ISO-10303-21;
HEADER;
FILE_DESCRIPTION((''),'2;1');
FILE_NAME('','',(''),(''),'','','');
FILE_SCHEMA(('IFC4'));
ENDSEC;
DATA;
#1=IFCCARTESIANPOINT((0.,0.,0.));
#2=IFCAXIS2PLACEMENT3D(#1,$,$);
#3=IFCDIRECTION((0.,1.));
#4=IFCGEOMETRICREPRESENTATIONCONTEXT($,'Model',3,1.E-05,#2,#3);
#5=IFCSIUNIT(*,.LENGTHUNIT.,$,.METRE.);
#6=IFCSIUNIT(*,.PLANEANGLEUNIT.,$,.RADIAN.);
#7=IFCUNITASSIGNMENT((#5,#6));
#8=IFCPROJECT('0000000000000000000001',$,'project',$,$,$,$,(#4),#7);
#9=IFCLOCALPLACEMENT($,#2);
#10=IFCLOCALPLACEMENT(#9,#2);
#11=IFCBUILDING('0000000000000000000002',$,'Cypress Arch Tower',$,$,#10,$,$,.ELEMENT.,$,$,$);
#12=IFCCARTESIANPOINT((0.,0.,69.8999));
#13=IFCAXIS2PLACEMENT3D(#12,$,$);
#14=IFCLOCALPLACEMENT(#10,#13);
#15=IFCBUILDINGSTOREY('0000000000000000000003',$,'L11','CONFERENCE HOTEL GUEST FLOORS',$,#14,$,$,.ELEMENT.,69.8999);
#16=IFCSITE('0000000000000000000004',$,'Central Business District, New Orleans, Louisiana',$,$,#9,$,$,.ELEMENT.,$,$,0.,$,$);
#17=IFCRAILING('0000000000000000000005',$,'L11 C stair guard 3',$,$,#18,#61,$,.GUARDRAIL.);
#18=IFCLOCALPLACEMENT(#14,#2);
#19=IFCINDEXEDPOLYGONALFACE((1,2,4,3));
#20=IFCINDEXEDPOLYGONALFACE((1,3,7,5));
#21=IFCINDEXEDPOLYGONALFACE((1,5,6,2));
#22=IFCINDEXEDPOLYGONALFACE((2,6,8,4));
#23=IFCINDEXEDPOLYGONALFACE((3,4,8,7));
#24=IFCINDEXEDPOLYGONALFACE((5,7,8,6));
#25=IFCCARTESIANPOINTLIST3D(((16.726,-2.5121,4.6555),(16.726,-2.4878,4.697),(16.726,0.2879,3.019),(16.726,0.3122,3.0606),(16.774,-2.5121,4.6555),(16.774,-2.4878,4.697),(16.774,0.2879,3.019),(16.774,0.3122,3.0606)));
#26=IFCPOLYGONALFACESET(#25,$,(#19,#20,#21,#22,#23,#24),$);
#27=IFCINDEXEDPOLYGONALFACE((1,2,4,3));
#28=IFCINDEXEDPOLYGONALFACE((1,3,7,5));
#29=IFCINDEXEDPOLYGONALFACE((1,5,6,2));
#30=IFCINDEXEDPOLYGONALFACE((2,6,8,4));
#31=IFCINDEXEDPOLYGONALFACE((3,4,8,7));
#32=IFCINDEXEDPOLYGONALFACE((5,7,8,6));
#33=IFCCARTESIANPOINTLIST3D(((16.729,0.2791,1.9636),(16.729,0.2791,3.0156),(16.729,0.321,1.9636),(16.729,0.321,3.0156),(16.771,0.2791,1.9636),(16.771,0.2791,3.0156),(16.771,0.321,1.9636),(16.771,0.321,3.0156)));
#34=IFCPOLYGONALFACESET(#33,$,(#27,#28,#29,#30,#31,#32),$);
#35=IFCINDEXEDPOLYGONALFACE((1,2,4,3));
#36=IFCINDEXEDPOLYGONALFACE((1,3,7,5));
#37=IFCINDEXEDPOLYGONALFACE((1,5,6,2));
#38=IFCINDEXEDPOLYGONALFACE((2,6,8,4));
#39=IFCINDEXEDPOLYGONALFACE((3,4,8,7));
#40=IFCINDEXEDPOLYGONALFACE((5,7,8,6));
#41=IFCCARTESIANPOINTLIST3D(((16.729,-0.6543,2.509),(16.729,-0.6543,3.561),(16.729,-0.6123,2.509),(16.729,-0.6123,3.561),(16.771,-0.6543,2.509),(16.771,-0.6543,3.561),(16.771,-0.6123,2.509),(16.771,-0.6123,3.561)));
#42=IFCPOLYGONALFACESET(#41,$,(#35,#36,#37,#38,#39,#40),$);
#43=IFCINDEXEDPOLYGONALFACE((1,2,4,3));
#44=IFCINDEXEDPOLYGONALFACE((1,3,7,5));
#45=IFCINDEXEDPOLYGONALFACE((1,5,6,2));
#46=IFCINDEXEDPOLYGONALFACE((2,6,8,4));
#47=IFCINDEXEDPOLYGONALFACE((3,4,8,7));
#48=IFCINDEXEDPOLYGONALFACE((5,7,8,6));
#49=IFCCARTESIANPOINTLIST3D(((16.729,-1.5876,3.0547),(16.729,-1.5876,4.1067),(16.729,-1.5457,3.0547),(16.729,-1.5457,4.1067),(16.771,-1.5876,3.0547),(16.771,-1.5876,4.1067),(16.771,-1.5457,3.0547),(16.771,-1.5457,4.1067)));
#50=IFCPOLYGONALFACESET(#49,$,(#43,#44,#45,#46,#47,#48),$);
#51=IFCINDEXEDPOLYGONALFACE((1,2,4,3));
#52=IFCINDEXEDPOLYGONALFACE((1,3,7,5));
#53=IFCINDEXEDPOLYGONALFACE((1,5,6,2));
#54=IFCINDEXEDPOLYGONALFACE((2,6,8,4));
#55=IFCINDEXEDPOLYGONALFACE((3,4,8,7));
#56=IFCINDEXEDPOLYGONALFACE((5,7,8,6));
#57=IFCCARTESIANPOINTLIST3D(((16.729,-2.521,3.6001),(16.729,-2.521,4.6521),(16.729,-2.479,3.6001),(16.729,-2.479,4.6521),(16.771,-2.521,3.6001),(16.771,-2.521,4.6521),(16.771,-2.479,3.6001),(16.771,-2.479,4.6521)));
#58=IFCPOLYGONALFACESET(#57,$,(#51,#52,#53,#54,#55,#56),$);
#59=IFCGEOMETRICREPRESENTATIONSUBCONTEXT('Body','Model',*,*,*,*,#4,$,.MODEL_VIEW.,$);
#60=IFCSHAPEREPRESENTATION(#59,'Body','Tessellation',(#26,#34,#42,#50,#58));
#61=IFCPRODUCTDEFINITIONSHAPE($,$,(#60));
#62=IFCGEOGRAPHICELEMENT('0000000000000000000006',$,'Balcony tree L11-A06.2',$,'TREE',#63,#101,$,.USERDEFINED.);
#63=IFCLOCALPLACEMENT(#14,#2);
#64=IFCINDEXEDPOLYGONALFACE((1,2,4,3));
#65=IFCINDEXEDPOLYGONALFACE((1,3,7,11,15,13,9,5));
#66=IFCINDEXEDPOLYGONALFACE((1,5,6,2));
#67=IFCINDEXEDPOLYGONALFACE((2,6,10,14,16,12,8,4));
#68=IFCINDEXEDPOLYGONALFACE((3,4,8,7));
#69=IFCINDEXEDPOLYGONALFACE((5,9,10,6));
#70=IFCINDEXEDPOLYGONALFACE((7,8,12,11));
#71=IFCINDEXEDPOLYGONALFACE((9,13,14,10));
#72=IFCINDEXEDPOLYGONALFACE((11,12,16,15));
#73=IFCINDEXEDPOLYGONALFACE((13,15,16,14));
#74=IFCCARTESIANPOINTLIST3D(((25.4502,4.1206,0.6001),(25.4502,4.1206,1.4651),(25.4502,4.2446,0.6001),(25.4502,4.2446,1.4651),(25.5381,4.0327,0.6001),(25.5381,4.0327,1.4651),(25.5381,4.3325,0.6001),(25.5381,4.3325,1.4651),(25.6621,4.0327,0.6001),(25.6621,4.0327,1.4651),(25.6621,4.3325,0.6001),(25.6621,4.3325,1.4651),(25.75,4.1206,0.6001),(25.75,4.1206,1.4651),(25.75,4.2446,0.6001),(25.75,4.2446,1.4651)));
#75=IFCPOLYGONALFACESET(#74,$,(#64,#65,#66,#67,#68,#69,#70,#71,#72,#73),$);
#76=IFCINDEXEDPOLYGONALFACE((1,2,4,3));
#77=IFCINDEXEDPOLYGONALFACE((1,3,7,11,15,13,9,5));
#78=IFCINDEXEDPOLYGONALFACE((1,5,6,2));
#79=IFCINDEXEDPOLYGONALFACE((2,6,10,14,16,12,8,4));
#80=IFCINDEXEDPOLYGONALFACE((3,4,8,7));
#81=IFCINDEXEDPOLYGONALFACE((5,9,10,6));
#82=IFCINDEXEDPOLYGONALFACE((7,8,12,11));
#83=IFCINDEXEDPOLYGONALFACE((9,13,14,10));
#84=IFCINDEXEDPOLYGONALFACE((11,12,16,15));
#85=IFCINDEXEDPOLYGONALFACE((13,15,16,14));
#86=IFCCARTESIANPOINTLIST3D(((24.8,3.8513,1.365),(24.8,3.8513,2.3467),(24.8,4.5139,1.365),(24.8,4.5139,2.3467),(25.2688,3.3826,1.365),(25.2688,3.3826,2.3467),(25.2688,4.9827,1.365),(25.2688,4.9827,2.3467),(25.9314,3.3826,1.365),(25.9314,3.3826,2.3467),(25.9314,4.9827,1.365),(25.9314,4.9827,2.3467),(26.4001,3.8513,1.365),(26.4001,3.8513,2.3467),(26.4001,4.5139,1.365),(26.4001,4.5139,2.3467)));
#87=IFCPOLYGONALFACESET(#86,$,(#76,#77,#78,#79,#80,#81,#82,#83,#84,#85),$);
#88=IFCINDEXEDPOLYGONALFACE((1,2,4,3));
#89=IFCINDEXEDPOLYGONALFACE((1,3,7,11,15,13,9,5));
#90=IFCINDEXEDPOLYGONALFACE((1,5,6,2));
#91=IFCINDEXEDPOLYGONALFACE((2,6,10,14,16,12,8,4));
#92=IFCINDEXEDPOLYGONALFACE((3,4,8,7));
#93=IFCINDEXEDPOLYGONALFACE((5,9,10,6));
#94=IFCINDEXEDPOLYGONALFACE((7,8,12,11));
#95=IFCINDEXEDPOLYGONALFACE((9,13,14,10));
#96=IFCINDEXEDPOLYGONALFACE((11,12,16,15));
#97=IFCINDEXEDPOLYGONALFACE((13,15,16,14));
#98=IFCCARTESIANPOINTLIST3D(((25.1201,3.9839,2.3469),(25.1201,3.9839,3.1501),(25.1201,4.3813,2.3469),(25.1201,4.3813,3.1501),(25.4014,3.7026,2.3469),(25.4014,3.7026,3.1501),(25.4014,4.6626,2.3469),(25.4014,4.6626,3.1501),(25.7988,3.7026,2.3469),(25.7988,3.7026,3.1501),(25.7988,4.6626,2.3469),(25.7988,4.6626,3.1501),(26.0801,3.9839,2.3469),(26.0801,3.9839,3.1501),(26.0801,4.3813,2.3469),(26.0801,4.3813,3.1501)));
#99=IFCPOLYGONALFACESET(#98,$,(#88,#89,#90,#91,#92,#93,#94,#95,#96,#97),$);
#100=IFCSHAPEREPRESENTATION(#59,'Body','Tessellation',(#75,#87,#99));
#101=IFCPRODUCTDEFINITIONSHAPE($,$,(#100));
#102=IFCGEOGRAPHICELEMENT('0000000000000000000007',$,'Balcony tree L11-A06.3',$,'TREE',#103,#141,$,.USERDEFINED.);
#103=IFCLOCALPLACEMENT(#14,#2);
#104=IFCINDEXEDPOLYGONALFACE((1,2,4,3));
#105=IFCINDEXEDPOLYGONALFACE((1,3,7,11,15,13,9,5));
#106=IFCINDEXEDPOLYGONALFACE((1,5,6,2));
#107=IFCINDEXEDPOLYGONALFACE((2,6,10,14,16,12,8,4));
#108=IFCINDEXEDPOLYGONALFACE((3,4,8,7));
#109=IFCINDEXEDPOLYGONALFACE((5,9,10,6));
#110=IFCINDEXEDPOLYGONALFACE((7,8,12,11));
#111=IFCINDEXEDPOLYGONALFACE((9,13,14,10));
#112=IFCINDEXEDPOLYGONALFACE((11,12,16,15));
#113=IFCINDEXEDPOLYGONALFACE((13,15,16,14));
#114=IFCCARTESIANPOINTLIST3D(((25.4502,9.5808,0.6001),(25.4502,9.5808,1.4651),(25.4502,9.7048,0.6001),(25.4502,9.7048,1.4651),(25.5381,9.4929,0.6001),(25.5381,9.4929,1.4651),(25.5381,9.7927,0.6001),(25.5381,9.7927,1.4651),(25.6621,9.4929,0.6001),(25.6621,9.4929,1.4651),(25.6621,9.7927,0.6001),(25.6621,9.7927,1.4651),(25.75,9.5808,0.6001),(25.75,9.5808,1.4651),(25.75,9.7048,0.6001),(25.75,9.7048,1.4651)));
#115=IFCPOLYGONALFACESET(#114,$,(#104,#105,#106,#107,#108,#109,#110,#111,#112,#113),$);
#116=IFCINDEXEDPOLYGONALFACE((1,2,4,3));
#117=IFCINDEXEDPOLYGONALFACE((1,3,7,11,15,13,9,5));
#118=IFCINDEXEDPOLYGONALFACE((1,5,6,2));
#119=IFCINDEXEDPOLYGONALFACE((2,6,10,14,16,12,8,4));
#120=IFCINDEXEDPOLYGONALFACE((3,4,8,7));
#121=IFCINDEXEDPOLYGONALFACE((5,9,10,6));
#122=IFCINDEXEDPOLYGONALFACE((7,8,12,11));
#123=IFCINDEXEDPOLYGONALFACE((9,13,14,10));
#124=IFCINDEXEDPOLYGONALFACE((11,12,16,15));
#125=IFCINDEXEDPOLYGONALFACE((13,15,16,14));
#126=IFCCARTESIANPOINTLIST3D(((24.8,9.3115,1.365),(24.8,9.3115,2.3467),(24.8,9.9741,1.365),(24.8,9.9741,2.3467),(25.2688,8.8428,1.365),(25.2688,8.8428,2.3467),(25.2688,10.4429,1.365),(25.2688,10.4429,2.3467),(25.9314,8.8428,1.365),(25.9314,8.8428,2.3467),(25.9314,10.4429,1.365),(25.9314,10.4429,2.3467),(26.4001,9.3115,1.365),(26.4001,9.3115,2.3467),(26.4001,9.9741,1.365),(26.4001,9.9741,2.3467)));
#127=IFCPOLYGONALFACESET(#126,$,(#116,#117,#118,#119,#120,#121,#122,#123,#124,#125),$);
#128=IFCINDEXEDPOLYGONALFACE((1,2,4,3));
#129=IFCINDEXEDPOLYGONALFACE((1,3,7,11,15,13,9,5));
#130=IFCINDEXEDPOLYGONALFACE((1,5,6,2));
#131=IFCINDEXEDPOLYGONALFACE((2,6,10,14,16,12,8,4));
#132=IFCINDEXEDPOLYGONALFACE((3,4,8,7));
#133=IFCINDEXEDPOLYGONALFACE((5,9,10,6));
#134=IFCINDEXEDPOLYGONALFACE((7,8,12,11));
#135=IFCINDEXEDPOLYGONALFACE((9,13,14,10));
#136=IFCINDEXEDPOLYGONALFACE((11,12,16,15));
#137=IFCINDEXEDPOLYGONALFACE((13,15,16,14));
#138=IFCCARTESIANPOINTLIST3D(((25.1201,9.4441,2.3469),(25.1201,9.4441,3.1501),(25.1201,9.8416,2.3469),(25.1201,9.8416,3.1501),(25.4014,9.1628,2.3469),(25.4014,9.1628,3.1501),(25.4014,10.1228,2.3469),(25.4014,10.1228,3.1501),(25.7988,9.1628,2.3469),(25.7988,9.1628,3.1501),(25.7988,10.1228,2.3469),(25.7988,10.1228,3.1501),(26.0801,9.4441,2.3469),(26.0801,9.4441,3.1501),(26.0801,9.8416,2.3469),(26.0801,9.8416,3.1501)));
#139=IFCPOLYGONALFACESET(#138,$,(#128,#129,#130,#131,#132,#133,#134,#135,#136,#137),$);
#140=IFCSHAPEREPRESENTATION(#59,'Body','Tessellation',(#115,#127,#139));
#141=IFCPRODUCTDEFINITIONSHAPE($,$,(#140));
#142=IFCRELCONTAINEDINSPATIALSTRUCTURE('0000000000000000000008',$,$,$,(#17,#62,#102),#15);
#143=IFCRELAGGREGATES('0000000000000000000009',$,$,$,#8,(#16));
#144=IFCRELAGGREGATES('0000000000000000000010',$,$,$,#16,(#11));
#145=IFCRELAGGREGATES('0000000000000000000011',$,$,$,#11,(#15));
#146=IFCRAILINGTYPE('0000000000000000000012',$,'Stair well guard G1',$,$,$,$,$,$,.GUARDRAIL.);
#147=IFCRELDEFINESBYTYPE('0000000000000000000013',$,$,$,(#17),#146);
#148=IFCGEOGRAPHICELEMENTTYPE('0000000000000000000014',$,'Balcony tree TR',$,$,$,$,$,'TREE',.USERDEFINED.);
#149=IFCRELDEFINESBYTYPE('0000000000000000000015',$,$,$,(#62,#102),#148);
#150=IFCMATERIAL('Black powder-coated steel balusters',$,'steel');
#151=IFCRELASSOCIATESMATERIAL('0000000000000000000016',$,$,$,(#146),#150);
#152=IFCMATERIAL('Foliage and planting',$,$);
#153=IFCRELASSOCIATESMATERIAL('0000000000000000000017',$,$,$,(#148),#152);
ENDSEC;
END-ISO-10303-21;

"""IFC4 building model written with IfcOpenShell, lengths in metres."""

from ifc_helpers import new_model, si_unit, direction, frame, origin, origin_2d, place, context, subcontext, project, spatial, polyline, rectangle, outline, extrude, material, type_object, element, save


model = new_model("IFC4")

# Units and contexts
model_context = context("Model", 3, precision=1e-05, world=origin(), true_north=direction((0.0, 1.0)))
body_context = subcontext(model_context, "Body", "Model", "MODEL_VIEW")
ifc_project = project(units=[si_unit("LENGTHUNIT", "METRE"), si_unit("PLANEANGLEUNIT", "RADIAN")], contexts=[model_context])

# Site, building, storey
site_placement = place(None, origin())
site = spatial("IfcSite", under=ifc_project, at=site_placement, Name="Central Business District, New Orleans, Louisiana", CompositionType="ELEMENT", RefElevation=0.0)
building_placement = place(site_placement, origin())
building = spatial("IfcBuilding", under=site, at=building_placement, Name="Cypress Arch Tower", CompositionType="ELEMENT")
storey_placement = place(building_placement, frame((0.0, 0.0, 69.8999)))
storey = spatial("IfcBuildingStorey", under=building, at=storey_placement, Name="L11", Description="CONFERENCE HOTEL GUEST FLOORS", CompositionType="ELEMENT", Elevation=69.8999)

# Railing
ifc_material_1 = material(Name="Black powder-coated steel balusters", Category="steel")
railing_type_1 = type_object("IfcRailingType", Name="Stair well guard G1", PredefinedType="GUARDRAIL", material=ifc_material_1)
railing_1_placement = place(storey_placement, frame((16.75, 0.3, 1.9636)))
element("IfcRailing", 1, at=railing_1_placement, inside=storey, type_object=railing_type_1, Name="L11 C stair guard 3", PredefinedType="GUARDRAIL", context=body_context, shape_type="SweptSolid", body=[
    extrude(rectangle(XDim=0.0481, YDim=0.0481, at=origin_2d()), frame((0.0, 0.0, 1.0762), z_axis=(0.0, -0.863361, 0.504587), x_axis=(1.0, 0.0, 0.0)), (0.0, 0.0, 1.0), 3.2432),
    extrude(rectangle(XDim=0.042, YDim=0.042, at=origin_2d()), origin(), (0.0, 0.0, 1.0), 1.052),
    extrude(rectangle(XDim=0.042, YDim=0.042, at=origin_2d()), frame((0.0, -0.9333, 0.5454)), (0.0, 0.0, 1.0), 1.052),
    extrude(rectangle(XDim=0.042, YDim=0.042, at=origin_2d()), frame((0.0, -1.8667, 1.0911)), (0.0, 0.0, 1.0), 1.052),
    extrude(rectangle(XDim=0.042, YDim=0.042, at=origin_2d()), frame((0.0, -2.8, 1.6365)), (0.0, 0.0, 1.0), 1.052),
])

# Geographic elements
ifc_material_2 = material(Name="Foliage and planting")
geographic_element_type = type_object("IfcGeographicElementType", Name="Balcony tree TR", ElementType="TREE", PredefinedType="USERDEFINED", material=ifc_material_2)
for number, where, z_axis, x_axis, name in (
    (2, (25.6001, 4.1826, 0.6001), (0.0, 0.0, 1.0), (1.0, 0.0, 0.0), "Balcony tree L11-A06.2"),
    (3, (25.6001, 9.6428, 0.6001), (0.0, 0.0, 1.0), (1.0, 0.0, 0.0), "Balcony tree L11-A06.3"),
):
    element("IfcGeographicElement", number, at=place(storey_placement, frame(where, z_axis=z_axis, x_axis=x_axis)), inside=storey, type_object=geographic_element_type, Name=name, ObjectType="TREE", PredefinedType="USERDEFINED", context=body_context, shape_type="SweptSolid", body=[
        extrude(outline(polyline([(0.1499, 0.062), (0.062, 0.1499), (-0.062, 0.1499), (-0.1499, 0.062), (-0.1499, -0.062), (-0.062, -0.1499), (0.062, -0.1499), (0.1499, -0.062), (0.1499, 0.062)])), origin(), (0.0, 0.0, 1.0), 0.865),
        extrude(outline(polyline([(0.8, 0.3313), (0.3313, 0.8), (-0.3313, 0.8), (-0.8, 0.3313), (-0.8, -0.3313), (-0.3313, -0.8), (0.3313, -0.8), (0.8, -0.3313), (0.8, 0.3313)])), frame((0.0, 0.0, 0.7649)), (0.0, 0.0, 1.0), 0.9817),
        extrude(outline(polyline([(0.48, 0.1987), (0.1987, 0.48), (-0.1987, 0.48), (-0.48, 0.1987), (-0.48, -0.1987), (-0.1987, -0.48), (0.1987, -0.48), (0.48, -0.1987), (0.48, 0.1987)])), frame((0.0, 0.0, 1.7468)), (0.0, 0.0, 1.0), 0.8032),
    ])

save(model, "model.ifc")
